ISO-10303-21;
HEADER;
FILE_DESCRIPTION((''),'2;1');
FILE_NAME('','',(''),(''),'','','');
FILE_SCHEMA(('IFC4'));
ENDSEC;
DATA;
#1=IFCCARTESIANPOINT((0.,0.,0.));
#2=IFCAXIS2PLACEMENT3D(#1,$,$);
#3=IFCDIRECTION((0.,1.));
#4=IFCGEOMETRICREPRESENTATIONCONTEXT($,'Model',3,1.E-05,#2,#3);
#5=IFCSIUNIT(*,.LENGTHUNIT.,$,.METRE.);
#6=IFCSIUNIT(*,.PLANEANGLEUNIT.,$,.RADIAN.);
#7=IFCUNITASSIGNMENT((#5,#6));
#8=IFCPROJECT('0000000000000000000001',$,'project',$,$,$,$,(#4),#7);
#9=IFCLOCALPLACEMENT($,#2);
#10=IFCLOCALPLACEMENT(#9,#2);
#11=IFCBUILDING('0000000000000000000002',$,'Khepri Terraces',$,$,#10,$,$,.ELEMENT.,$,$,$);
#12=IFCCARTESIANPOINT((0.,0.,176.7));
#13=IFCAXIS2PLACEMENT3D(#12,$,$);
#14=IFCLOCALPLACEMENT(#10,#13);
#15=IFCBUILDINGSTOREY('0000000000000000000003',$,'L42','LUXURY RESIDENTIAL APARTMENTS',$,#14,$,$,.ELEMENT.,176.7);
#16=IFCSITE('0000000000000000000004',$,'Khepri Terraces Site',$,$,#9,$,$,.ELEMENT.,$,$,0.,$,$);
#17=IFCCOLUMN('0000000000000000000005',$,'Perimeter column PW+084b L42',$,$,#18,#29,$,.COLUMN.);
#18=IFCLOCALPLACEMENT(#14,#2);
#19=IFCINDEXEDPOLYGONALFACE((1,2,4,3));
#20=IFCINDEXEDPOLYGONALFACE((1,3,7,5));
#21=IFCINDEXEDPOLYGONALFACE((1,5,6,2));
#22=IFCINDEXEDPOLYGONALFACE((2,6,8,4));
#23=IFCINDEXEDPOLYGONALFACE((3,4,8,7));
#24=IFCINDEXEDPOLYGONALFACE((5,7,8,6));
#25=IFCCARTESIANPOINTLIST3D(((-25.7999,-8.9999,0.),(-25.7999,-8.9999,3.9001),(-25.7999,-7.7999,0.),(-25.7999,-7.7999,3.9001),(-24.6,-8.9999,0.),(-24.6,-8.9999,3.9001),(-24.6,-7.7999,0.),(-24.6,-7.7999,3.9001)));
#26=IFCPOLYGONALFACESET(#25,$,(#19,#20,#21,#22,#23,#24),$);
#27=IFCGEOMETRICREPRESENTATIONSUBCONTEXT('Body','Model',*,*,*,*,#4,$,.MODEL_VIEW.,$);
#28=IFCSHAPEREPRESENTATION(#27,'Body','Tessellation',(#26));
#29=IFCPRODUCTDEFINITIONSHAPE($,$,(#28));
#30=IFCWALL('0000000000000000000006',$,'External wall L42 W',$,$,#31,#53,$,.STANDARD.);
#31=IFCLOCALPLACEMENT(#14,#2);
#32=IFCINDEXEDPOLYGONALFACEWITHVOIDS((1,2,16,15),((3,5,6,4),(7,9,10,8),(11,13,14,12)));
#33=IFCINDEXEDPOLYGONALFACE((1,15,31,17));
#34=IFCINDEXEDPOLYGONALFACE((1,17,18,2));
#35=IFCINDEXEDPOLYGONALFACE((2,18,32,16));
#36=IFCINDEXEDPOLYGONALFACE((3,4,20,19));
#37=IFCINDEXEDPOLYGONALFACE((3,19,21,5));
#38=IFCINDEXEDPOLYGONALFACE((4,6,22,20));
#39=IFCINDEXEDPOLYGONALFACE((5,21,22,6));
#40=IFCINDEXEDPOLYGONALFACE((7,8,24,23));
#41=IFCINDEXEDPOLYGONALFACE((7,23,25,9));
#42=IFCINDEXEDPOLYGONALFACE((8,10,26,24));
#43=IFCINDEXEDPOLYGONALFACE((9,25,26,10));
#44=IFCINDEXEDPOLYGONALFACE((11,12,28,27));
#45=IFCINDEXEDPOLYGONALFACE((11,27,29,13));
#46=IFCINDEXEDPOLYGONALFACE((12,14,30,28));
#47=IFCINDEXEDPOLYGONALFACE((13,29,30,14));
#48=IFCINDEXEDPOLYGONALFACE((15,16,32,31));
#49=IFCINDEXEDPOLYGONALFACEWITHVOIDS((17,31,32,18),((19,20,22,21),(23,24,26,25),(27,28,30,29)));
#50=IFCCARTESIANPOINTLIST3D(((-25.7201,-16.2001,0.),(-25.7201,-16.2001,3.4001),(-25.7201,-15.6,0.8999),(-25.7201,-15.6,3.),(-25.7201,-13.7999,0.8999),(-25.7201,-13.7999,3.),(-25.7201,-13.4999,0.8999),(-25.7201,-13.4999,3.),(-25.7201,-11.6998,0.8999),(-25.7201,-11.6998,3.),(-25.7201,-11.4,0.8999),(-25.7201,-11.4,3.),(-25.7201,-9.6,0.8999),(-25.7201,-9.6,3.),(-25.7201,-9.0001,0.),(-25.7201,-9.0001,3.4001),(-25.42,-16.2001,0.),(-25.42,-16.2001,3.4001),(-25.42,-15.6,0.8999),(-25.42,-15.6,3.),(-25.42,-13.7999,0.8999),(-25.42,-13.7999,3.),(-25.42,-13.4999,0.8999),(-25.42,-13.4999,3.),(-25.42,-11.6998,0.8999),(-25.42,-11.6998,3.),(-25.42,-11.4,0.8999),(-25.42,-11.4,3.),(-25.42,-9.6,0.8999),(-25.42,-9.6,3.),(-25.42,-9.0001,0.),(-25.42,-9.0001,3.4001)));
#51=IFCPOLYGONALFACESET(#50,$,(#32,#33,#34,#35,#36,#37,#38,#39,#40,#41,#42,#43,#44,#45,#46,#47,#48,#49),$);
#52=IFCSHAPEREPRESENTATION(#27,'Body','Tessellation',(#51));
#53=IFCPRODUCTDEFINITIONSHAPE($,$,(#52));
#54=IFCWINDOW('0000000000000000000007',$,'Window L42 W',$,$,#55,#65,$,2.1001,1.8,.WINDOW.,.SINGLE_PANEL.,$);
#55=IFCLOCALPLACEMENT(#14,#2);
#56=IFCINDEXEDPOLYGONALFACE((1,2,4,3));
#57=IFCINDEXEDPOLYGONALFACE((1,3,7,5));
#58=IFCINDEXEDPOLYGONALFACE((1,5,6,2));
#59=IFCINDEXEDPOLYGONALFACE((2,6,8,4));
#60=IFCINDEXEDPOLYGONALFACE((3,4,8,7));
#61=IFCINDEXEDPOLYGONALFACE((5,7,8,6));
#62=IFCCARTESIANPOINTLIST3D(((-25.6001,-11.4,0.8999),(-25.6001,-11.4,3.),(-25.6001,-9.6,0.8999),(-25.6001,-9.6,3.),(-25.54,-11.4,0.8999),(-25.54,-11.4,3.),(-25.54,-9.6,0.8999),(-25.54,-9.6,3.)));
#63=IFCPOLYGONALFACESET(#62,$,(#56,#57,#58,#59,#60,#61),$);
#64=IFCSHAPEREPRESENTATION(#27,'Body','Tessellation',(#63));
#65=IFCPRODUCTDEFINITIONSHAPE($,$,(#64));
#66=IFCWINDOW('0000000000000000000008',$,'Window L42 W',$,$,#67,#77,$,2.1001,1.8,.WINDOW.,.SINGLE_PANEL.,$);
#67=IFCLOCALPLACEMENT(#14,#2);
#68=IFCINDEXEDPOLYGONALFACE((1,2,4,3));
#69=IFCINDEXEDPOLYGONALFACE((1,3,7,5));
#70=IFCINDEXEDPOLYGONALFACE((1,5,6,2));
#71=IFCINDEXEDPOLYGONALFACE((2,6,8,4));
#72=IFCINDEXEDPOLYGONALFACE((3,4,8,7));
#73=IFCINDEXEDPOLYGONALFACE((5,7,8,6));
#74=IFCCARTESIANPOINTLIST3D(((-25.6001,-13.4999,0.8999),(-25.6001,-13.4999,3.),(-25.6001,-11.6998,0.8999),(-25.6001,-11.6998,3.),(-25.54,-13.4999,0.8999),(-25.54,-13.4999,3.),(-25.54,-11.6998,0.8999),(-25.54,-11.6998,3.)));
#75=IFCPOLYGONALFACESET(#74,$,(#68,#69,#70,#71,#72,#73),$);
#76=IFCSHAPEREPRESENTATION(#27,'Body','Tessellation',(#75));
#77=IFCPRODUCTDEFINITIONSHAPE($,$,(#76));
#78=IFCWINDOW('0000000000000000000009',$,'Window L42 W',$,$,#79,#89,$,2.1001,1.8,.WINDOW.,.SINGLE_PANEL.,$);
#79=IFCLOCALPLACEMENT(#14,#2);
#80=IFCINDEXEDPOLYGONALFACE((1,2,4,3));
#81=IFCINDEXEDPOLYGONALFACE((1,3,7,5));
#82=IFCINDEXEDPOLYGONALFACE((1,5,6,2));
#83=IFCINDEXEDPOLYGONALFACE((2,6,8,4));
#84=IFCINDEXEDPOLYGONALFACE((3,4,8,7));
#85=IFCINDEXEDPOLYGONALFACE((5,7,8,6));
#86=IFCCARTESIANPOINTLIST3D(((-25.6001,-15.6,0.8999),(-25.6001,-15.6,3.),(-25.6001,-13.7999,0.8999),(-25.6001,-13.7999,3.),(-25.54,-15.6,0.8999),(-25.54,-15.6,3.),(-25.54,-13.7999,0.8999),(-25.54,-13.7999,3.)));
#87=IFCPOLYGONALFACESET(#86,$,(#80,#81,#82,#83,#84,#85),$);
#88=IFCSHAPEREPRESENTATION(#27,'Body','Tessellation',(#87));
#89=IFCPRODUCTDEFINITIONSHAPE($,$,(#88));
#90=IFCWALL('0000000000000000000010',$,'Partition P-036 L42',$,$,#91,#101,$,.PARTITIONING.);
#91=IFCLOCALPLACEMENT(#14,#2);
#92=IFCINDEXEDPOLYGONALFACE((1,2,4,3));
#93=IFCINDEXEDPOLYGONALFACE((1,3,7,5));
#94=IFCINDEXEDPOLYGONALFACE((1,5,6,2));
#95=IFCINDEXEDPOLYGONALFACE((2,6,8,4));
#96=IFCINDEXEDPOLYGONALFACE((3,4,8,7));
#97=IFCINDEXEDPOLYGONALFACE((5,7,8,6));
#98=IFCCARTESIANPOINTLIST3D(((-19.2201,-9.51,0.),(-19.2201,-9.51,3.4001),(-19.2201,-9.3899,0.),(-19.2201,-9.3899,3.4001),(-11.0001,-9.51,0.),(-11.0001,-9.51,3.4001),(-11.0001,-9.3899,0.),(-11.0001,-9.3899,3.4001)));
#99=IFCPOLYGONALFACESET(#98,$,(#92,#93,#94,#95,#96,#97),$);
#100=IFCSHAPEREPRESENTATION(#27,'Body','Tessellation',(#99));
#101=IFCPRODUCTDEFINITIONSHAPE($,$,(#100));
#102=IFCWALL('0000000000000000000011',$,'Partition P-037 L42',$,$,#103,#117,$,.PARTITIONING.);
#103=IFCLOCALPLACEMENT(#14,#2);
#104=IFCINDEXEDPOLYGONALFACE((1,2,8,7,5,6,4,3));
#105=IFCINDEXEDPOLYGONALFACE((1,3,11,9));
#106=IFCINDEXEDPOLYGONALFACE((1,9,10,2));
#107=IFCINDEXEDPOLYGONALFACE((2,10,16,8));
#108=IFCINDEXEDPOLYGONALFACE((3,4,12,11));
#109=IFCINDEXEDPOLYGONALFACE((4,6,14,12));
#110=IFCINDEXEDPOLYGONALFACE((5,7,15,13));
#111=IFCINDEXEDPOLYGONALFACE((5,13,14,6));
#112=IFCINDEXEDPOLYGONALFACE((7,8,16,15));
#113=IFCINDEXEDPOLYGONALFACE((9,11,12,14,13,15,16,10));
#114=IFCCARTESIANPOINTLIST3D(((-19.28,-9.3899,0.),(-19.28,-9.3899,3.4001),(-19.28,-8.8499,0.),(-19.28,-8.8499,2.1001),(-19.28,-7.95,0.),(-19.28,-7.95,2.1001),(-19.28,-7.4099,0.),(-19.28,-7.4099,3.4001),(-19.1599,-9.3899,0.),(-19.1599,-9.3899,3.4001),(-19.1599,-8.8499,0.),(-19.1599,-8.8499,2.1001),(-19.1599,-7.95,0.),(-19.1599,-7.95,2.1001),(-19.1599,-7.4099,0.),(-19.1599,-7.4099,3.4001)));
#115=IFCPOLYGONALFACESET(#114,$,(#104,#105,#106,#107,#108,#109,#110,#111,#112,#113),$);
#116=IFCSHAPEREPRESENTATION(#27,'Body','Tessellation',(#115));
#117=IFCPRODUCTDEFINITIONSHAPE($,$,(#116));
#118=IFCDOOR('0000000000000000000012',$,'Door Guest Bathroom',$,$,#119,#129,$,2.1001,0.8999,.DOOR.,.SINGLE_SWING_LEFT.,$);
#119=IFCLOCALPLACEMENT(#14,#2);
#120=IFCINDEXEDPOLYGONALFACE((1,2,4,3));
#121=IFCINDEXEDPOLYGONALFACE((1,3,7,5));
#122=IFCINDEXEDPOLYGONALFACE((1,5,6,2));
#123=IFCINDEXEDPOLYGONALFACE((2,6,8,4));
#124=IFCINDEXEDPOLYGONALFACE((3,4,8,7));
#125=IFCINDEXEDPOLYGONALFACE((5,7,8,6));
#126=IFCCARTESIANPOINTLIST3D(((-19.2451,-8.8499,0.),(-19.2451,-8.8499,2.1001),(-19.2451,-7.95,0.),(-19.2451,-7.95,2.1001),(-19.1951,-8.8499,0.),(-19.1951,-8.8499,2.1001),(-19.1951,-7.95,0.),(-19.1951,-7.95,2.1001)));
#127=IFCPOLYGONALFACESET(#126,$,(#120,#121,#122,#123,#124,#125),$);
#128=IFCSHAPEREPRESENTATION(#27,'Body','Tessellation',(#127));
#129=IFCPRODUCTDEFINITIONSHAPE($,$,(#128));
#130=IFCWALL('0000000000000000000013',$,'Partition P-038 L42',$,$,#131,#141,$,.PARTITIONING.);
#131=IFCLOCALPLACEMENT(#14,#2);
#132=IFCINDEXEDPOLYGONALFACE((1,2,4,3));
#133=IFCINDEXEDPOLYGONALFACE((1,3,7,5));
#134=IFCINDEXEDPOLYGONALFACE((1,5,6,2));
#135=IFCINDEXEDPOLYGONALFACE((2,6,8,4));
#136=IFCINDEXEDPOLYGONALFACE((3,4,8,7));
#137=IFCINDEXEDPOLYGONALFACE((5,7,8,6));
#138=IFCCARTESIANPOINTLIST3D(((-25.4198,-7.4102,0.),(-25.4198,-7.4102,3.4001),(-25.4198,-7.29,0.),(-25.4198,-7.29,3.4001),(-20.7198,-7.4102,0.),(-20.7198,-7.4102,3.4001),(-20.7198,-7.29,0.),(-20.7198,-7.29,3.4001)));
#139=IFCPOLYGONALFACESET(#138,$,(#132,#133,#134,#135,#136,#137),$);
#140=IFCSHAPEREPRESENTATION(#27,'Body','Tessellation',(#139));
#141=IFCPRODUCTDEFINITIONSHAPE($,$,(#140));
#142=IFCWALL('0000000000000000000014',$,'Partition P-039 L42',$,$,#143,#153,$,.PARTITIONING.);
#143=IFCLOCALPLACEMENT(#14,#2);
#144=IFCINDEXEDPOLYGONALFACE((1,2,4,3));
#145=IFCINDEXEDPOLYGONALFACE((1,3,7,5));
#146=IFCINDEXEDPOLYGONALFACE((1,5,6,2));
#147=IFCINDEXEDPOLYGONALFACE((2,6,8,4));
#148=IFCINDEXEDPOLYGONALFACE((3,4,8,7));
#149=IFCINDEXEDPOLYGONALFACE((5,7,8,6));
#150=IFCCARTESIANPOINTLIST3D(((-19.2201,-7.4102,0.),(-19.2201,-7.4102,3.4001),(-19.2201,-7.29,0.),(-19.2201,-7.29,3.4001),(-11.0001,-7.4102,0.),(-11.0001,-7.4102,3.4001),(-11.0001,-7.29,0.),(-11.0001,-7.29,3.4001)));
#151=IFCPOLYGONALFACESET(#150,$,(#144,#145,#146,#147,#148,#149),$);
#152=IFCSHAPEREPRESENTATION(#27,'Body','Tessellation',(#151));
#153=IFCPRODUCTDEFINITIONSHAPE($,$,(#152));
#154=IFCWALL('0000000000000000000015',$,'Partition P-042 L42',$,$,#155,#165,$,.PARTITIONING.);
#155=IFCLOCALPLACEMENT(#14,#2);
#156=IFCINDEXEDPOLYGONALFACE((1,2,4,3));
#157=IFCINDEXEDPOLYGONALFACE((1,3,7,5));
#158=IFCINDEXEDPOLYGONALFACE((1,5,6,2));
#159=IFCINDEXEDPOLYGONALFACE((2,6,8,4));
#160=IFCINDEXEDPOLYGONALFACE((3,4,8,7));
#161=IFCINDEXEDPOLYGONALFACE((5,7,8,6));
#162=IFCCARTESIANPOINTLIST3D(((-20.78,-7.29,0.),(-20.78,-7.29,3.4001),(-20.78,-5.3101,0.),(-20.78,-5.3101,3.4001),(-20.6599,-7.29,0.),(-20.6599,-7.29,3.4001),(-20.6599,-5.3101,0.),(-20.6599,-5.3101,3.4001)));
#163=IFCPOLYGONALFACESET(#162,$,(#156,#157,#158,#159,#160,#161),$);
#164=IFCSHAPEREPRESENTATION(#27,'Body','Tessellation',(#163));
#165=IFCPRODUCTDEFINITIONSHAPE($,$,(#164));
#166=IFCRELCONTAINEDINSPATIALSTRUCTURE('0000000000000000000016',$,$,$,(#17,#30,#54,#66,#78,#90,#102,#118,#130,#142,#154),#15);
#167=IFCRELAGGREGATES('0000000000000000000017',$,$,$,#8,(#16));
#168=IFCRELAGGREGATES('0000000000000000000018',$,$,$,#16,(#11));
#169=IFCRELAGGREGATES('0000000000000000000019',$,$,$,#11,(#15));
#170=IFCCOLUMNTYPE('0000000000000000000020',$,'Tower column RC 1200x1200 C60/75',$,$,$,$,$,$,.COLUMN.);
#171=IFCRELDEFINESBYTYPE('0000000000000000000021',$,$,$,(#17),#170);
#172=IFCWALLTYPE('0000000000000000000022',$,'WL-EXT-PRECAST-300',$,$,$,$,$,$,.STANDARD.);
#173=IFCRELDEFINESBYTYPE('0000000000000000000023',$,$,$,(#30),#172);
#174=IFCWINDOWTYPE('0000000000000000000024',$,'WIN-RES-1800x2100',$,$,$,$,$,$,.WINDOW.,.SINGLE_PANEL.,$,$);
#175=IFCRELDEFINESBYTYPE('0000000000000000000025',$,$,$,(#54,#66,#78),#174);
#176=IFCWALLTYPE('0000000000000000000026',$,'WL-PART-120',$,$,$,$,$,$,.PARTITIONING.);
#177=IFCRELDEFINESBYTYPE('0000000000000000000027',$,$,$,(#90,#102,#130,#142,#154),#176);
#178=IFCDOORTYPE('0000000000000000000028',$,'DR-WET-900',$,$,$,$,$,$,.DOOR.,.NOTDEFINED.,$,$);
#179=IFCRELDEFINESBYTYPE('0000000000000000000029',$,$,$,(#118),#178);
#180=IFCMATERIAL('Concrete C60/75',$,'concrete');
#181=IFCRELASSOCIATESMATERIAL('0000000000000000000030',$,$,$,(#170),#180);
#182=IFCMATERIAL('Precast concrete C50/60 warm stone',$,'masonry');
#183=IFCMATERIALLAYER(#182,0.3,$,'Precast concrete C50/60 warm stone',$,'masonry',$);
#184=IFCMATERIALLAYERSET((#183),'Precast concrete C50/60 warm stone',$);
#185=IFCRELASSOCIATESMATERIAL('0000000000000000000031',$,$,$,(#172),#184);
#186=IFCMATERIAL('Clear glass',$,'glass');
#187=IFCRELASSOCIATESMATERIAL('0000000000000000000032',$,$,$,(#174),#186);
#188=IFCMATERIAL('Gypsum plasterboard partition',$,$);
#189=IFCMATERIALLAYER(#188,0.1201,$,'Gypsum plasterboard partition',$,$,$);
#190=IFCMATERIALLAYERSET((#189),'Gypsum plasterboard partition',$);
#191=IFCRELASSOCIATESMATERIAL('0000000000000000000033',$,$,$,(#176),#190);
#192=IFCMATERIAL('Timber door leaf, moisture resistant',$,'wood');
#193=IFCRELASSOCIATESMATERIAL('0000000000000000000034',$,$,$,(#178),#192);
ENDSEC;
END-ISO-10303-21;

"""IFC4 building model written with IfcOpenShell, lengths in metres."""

from ifc_helpers import new_model, si_unit, direction, frame, frame_2d, origin, origin_2d, place, context, subcontext, project, spatial, rectangle, extrude, material, layer, layer_set, material_profile, profile_set, type_object, element, fill, save


model = new_model("IFC4")

# Units and contexts
model_context = context("Model", 3, precision=1e-05, world=origin(), true_north=direction((0.0, 1.0)))
body_context = subcontext(model_context, "Body", "Model", "MODEL_VIEW")
ifc_project = project(units=[si_unit("LENGTHUNIT", "METRE"), si_unit("PLANEANGLEUNIT", "RADIAN")], contexts=[model_context])

# Site, building, storey
site_placement = place(None, origin())
site = spatial("IfcSite", under=ifc_project, at=site_placement, Name="Khepri Terraces Site", CompositionType="ELEMENT", RefElevation=0.0)
building_placement = place(site_placement, origin())
building = spatial("IfcBuilding", under=site, at=building_placement, Name="Khepri Terraces", CompositionType="ELEMENT")
storey_placement = place(building_placement, frame((0.0, 0.0, 176.7)))
storey = spatial("IfcBuildingStorey", under=building, at=storey_placement, Name="L42", Description="LUXURY RESIDENTIAL APARTMENTS", CompositionType="ELEMENT", Elevation=176.7)

# Column
ifc_material_1 = material(Name="Concrete C60/75", Category="concrete")
ifc_material_profile = material_profile(ifc_material_1, rectangle(XDim=1.2, YDim=1.2, at=origin_2d()), Name="Concrete C60/75", Category="concrete")
ifc_profile_set = profile_set([ifc_material_profile], Name="Concrete C60/75")
column_type = type_object("IfcColumnType", Name="Tower column RC 1200x1200 C60/75", PredefinedType="COLUMN", material=ifc_profile_set)
column_placement = place(storey_placement, frame((-25.2, -8.3999, 0.0), z_axis=(0.0, 0.0, 1.0), x_axis=(1.0, 0.0, 0.0)))
element("IfcColumn", 1, at=column_placement, inside=storey, type_object=column_type, Name="Perimeter column PW+084b L42", PredefinedType="COLUMN", context=body_context, shape_type="SweptSolid", body=[
    extrude(rectangle(XDim=1.2, YDim=1.2, at=origin_2d()), origin(), (0.0, 0.0, 1.0), 3.9001),
])

# Wall, openings, windows
ifc_material_2 = material(Name="Precast concrete C50/60 warm stone", Category="masonry")
ifc_layer_1 = layer(ifc_material_2, 0.3, Name="Precast concrete C50/60 warm stone", Category="masonry")
ifc_layer_set_1 = layer_set([ifc_layer_1], Name="Precast concrete C50/60 warm stone")
wall_type_1 = type_object("IfcWallType", Name="WL-EXT-PRECAST-300", PredefinedType="STANDARD", material=ifc_layer_set_1)
wall_1_placement = place(storey_placement, frame((-25.5701, -9.0, 0.0), z_axis=(0.0, 0.0, 1.0), x_axis=(0.0, -1.0, 0.0)))
wall_1 = element("IfcWall", 2, at=wall_1_placement, inside=storey, type_object=wall_type_1, Name="External wall L42 W", PredefinedType="STANDARD", context=body_context, shape_type="SweptSolid", body=[
    extrude(rectangle(XDim=7.2, YDim=0.3, at=frame_2d((3.6001, 0.0))), origin(), (0.0, 0.0, 1.0), 3.4001),
])
opening_1_placement = place(wall_1_placement, frame((0.6001, 0.0, 0.8999)))
opening_1 = element("IfcOpeningElement", 3, at=opening_1_placement, cuts=wall_1, PredefinedType="OPENING", context=body_context, shape_type="SweptSolid", body=[
    extrude(rectangle(XDim=1.8, YDim=2.1001, at=frame_2d((0.8999, 1.05))), frame((0.0, 0.1602, 0.0), z_axis=(0.0, -1.0, 0.0), x_axis=(1.0, 0.0, 0.0)), (0.0, 0.0, 1.0), 0.3201),
])
opening_2_placement = place(wall_1_placement, frame((2.7, 0.0, 0.8999)))
opening_2 = element("IfcOpeningElement", 4, at=opening_2_placement, cuts=wall_1, PredefinedType="OPENING", context=body_context, shape_type="SweptSolid", body=[
    extrude(rectangle(XDim=1.8, YDim=2.1001, at=frame_2d((0.8999, 1.05))), frame((0.0, 0.1602, 0.0), z_axis=(0.0, -1.0, 0.0), x_axis=(1.0, 0.0, 0.0)), (0.0, 0.0, 1.0), 0.3201),
])
opening_3_placement = place(wall_1_placement, frame((4.8, 0.0, 0.8999)))
opening_3 = element("IfcOpeningElement", 5, at=opening_3_placement, cuts=wall_1, PredefinedType="OPENING", context=body_context, shape_type="SweptSolid", body=[
    extrude(rectangle(XDim=1.8, YDim=2.1001, at=frame_2d((0.8999, 1.05))), frame((0.0, 0.1602, 0.0), z_axis=(0.0, -1.0, 0.0), x_axis=(1.0, 0.0, 0.0)), (0.0, 0.0, 1.0), 0.3201),
])
ifc_material_3 = material(Name="Clear glass", Category="glass")
window_type = type_object("IfcWindowType", Name="WIN-RES-1800x2100", PartitioningType="SINGLE_PANEL", PredefinedType="WINDOW", material=ifc_material_3)
window_1_placement = place(opening_1_placement, origin())
window_1 = element("IfcWindow", 6, at=window_1_placement, inside=storey, type_object=window_type, Name="Window L42 W", OverallHeight=2.1001, OverallWidth=1.8, PartitioningType="SINGLE_PANEL", PredefinedType="WINDOW", context=body_context, shape_type="SweptSolid", body=[
    extrude(rectangle(XDim=1.8, YDim=2.1001, at=frame_2d((0.8999, 1.05))), frame((0.0, 0.03, 0.0), z_axis=(0.0, -1.0, 0.0), x_axis=(1.0, 0.0, 0.0)), (0.0, 0.0, 1.0), 0.0601),
])
fill(opening_1, window_1)
window_2_placement = place(opening_2_placement, origin())
window_2 = element("IfcWindow", 7, at=window_2_placement, inside=storey, type_object=window_type, Name="Window L42 W", OverallHeight=2.1001, OverallWidth=1.8, PartitioningType="SINGLE_PANEL", PredefinedType="WINDOW", context=body_context, shape_type="SweptSolid", body=[
    extrude(rectangle(XDim=1.8, YDim=2.1001, at=frame_2d((0.8999, 1.05))), frame((0.0, 0.03, 0.0), z_axis=(0.0, -1.0, 0.0), x_axis=(1.0, 0.0, 0.0)), (0.0, 0.0, 1.0), 0.0601),
])
fill(opening_2, window_2)
window_3_placement = place(opening_3_placement, origin())
window_3 = element("IfcWindow", 8, at=window_3_placement, inside=storey, type_object=window_type, Name="Window L42 W", OverallHeight=2.1001, OverallWidth=1.8, PartitioningType="SINGLE_PANEL", PredefinedType="WINDOW", context=body_context, shape_type="SweptSolid", body=[
    extrude(rectangle(XDim=1.8, YDim=2.1001, at=frame_2d((0.8999, 1.05))), frame((0.0, 0.03, 0.0), z_axis=(0.0, -1.0, 0.0), x_axis=(1.0, 0.0, 0.0)), (0.0, 0.0, 1.0), 0.0601),
])
fill(opening_3, window_3)

# Wall
ifc_material_4 = material(Name="Gypsum plasterboard partition")
ifc_layer_2 = layer(ifc_material_4, 0.1201, Name="Gypsum plasterboard partition")
ifc_layer_set_2 = layer_set([ifc_layer_2], Name="Gypsum plasterboard partition")
wall_type_2 = type_object("IfcWallType", Name="WL-PART-120", PredefinedType="PARTITIONING", material=ifc_layer_set_2)
wall_2_placement = place(storey_placement, frame((-19.22, -9.45, 0.0), z_axis=(0.0, 0.0, 1.0), x_axis=(1.0, 0.0, 0.0)))
element("IfcWall", 9, at=wall_2_placement, inside=storey, type_object=wall_type_2, Name="Partition P-036 L42", PredefinedType="PARTITIONING", context=body_context, shape_type="SweptSolid", body=[
    extrude(rectangle(XDim=8.22, YDim=0.1201, at=frame_2d((4.1099, 0.0))), origin(), (0.0, 0.0, 1.0), 3.4001),
])

# Wall, opening, door
wall_3_placement = place(storey_placement, frame((-19.22, -9.3899, 0.0), z_axis=(0.0, 0.0, 1.0), x_axis=(0.0, 1.0, 0.0)))
wall_3 = element("IfcWall", 10, at=wall_3_placement, inside=storey, type_object=wall_type_2, Name="Partition P-037 L42", PredefinedType="PARTITIONING", context=body_context, shape_type="SweptSolid", body=[
    extrude(rectangle(XDim=1.98, YDim=0.1201, at=frame_2d((0.99, 0.0))), origin(), (0.0, 0.0, 1.0), 3.4001),
])
opening_4_placement = place(wall_3_placement, frame((0.54, 0.0, 0.0)))
opening_4 = element("IfcOpeningElement", 11, at=opening_4_placement, cuts=wall_3, PredefinedType="OPENING", context=body_context, shape_type="SweptSolid", body=[
    extrude(rectangle(XDim=0.8999, YDim=2.1001, at=frame_2d((0.45, 1.05))), frame((0.0, 0.0701, 0.0), z_axis=(0.0, -1.0, 0.0), x_axis=(1.0, 0.0, 0.0)), (0.0, 0.0, 1.0), 0.1401),
])
ifc_material_5 = material(Name="Timber door leaf, moisture resistant", Category="wood")
door_type_1 = type_object("IfcDoorType", Name="DR-WET-900", OperationType="NOTDEFINED", PredefinedType="DOOR", material=ifc_material_5)
door_1_placement = place(opening_4_placement, frame((0.8999, 0.0, 0.0), z_axis=(0.0, 0.0, 1.0), x_axis=(-1.0, 0.0, 0.0)))
door_1 = element("IfcDoor", 12, at=door_1_placement, inside=storey, type_object=door_type_1, Name="Door Guest Bathroom", OperationType="SINGLE_SWING_LEFT", OverallHeight=2.1001, OverallWidth=0.8999, PredefinedType="DOOR", context=body_context, shape_type="SweptSolid", body=[
    extrude(rectangle(XDim=0.8999, YDim=2.1001, at=frame_2d((0.45, 1.05))), frame((0.0, 0.0249, 0.0), z_axis=(0.0, -1.0, 0.0), x_axis=(1.0, 0.0, 0.0)), (0.0, 0.0, 1.0), 0.05),
])
fill(opening_4, door_1)

# Walls
wall_4_placement = place(storey_placement, frame((-25.4199, -7.3501, 0.0), z_axis=(0.0, 0.0, 1.0), x_axis=(1.0, 0.0, 0.0)))
element("IfcWall", 13, at=wall_4_placement, inside=storey, type_object=wall_type_2, Name="Partition P-038 L42", PredefinedType="PARTITIONING", context=body_context, shape_type="SweptSolid", body=[
    extrude(rectangle(XDim=4.7, YDim=0.1201, at=frame_2d((2.3501, 0.0))), origin(), (0.0, 0.0, 1.0), 3.4001),
])
wall_5_placement = place(storey_placement, frame((-19.22, -7.3501, 0.0), z_axis=(0.0, 0.0, 1.0), x_axis=(1.0, 0.0, 0.0)))
element("IfcWall", 14, at=wall_5_placement, inside=storey, type_object=wall_type_2, Name="Partition P-039 L42", PredefinedType="PARTITIONING", context=body_context, shape_type="SweptSolid", body=[
    extrude(rectangle(XDim=8.22, YDim=0.1201, at=frame_2d((4.1099, 0.0))), origin(), (0.0, 0.0, 1.0), 3.4001),
])
wall_6_placement = place(storey_placement, frame((-20.72, -7.29, 0.0), z_axis=(0.0, 0.0, 1.0), x_axis=(0.0, 1.0, 0.0)))
element("IfcWall", 15, at=wall_6_placement, inside=storey, type_object=wall_type_2, Name="Partition P-042 L42", PredefinedType="PARTITIONING", context=body_context, shape_type="SweptSolid", body=[
    extrude(rectangle(XDim=1.98, YDim=0.1201, at=frame_2d((0.99, 0.0))), origin(), (0.0, 0.0, 1.0), 3.4001),
])

save(model, "model.ifc")
